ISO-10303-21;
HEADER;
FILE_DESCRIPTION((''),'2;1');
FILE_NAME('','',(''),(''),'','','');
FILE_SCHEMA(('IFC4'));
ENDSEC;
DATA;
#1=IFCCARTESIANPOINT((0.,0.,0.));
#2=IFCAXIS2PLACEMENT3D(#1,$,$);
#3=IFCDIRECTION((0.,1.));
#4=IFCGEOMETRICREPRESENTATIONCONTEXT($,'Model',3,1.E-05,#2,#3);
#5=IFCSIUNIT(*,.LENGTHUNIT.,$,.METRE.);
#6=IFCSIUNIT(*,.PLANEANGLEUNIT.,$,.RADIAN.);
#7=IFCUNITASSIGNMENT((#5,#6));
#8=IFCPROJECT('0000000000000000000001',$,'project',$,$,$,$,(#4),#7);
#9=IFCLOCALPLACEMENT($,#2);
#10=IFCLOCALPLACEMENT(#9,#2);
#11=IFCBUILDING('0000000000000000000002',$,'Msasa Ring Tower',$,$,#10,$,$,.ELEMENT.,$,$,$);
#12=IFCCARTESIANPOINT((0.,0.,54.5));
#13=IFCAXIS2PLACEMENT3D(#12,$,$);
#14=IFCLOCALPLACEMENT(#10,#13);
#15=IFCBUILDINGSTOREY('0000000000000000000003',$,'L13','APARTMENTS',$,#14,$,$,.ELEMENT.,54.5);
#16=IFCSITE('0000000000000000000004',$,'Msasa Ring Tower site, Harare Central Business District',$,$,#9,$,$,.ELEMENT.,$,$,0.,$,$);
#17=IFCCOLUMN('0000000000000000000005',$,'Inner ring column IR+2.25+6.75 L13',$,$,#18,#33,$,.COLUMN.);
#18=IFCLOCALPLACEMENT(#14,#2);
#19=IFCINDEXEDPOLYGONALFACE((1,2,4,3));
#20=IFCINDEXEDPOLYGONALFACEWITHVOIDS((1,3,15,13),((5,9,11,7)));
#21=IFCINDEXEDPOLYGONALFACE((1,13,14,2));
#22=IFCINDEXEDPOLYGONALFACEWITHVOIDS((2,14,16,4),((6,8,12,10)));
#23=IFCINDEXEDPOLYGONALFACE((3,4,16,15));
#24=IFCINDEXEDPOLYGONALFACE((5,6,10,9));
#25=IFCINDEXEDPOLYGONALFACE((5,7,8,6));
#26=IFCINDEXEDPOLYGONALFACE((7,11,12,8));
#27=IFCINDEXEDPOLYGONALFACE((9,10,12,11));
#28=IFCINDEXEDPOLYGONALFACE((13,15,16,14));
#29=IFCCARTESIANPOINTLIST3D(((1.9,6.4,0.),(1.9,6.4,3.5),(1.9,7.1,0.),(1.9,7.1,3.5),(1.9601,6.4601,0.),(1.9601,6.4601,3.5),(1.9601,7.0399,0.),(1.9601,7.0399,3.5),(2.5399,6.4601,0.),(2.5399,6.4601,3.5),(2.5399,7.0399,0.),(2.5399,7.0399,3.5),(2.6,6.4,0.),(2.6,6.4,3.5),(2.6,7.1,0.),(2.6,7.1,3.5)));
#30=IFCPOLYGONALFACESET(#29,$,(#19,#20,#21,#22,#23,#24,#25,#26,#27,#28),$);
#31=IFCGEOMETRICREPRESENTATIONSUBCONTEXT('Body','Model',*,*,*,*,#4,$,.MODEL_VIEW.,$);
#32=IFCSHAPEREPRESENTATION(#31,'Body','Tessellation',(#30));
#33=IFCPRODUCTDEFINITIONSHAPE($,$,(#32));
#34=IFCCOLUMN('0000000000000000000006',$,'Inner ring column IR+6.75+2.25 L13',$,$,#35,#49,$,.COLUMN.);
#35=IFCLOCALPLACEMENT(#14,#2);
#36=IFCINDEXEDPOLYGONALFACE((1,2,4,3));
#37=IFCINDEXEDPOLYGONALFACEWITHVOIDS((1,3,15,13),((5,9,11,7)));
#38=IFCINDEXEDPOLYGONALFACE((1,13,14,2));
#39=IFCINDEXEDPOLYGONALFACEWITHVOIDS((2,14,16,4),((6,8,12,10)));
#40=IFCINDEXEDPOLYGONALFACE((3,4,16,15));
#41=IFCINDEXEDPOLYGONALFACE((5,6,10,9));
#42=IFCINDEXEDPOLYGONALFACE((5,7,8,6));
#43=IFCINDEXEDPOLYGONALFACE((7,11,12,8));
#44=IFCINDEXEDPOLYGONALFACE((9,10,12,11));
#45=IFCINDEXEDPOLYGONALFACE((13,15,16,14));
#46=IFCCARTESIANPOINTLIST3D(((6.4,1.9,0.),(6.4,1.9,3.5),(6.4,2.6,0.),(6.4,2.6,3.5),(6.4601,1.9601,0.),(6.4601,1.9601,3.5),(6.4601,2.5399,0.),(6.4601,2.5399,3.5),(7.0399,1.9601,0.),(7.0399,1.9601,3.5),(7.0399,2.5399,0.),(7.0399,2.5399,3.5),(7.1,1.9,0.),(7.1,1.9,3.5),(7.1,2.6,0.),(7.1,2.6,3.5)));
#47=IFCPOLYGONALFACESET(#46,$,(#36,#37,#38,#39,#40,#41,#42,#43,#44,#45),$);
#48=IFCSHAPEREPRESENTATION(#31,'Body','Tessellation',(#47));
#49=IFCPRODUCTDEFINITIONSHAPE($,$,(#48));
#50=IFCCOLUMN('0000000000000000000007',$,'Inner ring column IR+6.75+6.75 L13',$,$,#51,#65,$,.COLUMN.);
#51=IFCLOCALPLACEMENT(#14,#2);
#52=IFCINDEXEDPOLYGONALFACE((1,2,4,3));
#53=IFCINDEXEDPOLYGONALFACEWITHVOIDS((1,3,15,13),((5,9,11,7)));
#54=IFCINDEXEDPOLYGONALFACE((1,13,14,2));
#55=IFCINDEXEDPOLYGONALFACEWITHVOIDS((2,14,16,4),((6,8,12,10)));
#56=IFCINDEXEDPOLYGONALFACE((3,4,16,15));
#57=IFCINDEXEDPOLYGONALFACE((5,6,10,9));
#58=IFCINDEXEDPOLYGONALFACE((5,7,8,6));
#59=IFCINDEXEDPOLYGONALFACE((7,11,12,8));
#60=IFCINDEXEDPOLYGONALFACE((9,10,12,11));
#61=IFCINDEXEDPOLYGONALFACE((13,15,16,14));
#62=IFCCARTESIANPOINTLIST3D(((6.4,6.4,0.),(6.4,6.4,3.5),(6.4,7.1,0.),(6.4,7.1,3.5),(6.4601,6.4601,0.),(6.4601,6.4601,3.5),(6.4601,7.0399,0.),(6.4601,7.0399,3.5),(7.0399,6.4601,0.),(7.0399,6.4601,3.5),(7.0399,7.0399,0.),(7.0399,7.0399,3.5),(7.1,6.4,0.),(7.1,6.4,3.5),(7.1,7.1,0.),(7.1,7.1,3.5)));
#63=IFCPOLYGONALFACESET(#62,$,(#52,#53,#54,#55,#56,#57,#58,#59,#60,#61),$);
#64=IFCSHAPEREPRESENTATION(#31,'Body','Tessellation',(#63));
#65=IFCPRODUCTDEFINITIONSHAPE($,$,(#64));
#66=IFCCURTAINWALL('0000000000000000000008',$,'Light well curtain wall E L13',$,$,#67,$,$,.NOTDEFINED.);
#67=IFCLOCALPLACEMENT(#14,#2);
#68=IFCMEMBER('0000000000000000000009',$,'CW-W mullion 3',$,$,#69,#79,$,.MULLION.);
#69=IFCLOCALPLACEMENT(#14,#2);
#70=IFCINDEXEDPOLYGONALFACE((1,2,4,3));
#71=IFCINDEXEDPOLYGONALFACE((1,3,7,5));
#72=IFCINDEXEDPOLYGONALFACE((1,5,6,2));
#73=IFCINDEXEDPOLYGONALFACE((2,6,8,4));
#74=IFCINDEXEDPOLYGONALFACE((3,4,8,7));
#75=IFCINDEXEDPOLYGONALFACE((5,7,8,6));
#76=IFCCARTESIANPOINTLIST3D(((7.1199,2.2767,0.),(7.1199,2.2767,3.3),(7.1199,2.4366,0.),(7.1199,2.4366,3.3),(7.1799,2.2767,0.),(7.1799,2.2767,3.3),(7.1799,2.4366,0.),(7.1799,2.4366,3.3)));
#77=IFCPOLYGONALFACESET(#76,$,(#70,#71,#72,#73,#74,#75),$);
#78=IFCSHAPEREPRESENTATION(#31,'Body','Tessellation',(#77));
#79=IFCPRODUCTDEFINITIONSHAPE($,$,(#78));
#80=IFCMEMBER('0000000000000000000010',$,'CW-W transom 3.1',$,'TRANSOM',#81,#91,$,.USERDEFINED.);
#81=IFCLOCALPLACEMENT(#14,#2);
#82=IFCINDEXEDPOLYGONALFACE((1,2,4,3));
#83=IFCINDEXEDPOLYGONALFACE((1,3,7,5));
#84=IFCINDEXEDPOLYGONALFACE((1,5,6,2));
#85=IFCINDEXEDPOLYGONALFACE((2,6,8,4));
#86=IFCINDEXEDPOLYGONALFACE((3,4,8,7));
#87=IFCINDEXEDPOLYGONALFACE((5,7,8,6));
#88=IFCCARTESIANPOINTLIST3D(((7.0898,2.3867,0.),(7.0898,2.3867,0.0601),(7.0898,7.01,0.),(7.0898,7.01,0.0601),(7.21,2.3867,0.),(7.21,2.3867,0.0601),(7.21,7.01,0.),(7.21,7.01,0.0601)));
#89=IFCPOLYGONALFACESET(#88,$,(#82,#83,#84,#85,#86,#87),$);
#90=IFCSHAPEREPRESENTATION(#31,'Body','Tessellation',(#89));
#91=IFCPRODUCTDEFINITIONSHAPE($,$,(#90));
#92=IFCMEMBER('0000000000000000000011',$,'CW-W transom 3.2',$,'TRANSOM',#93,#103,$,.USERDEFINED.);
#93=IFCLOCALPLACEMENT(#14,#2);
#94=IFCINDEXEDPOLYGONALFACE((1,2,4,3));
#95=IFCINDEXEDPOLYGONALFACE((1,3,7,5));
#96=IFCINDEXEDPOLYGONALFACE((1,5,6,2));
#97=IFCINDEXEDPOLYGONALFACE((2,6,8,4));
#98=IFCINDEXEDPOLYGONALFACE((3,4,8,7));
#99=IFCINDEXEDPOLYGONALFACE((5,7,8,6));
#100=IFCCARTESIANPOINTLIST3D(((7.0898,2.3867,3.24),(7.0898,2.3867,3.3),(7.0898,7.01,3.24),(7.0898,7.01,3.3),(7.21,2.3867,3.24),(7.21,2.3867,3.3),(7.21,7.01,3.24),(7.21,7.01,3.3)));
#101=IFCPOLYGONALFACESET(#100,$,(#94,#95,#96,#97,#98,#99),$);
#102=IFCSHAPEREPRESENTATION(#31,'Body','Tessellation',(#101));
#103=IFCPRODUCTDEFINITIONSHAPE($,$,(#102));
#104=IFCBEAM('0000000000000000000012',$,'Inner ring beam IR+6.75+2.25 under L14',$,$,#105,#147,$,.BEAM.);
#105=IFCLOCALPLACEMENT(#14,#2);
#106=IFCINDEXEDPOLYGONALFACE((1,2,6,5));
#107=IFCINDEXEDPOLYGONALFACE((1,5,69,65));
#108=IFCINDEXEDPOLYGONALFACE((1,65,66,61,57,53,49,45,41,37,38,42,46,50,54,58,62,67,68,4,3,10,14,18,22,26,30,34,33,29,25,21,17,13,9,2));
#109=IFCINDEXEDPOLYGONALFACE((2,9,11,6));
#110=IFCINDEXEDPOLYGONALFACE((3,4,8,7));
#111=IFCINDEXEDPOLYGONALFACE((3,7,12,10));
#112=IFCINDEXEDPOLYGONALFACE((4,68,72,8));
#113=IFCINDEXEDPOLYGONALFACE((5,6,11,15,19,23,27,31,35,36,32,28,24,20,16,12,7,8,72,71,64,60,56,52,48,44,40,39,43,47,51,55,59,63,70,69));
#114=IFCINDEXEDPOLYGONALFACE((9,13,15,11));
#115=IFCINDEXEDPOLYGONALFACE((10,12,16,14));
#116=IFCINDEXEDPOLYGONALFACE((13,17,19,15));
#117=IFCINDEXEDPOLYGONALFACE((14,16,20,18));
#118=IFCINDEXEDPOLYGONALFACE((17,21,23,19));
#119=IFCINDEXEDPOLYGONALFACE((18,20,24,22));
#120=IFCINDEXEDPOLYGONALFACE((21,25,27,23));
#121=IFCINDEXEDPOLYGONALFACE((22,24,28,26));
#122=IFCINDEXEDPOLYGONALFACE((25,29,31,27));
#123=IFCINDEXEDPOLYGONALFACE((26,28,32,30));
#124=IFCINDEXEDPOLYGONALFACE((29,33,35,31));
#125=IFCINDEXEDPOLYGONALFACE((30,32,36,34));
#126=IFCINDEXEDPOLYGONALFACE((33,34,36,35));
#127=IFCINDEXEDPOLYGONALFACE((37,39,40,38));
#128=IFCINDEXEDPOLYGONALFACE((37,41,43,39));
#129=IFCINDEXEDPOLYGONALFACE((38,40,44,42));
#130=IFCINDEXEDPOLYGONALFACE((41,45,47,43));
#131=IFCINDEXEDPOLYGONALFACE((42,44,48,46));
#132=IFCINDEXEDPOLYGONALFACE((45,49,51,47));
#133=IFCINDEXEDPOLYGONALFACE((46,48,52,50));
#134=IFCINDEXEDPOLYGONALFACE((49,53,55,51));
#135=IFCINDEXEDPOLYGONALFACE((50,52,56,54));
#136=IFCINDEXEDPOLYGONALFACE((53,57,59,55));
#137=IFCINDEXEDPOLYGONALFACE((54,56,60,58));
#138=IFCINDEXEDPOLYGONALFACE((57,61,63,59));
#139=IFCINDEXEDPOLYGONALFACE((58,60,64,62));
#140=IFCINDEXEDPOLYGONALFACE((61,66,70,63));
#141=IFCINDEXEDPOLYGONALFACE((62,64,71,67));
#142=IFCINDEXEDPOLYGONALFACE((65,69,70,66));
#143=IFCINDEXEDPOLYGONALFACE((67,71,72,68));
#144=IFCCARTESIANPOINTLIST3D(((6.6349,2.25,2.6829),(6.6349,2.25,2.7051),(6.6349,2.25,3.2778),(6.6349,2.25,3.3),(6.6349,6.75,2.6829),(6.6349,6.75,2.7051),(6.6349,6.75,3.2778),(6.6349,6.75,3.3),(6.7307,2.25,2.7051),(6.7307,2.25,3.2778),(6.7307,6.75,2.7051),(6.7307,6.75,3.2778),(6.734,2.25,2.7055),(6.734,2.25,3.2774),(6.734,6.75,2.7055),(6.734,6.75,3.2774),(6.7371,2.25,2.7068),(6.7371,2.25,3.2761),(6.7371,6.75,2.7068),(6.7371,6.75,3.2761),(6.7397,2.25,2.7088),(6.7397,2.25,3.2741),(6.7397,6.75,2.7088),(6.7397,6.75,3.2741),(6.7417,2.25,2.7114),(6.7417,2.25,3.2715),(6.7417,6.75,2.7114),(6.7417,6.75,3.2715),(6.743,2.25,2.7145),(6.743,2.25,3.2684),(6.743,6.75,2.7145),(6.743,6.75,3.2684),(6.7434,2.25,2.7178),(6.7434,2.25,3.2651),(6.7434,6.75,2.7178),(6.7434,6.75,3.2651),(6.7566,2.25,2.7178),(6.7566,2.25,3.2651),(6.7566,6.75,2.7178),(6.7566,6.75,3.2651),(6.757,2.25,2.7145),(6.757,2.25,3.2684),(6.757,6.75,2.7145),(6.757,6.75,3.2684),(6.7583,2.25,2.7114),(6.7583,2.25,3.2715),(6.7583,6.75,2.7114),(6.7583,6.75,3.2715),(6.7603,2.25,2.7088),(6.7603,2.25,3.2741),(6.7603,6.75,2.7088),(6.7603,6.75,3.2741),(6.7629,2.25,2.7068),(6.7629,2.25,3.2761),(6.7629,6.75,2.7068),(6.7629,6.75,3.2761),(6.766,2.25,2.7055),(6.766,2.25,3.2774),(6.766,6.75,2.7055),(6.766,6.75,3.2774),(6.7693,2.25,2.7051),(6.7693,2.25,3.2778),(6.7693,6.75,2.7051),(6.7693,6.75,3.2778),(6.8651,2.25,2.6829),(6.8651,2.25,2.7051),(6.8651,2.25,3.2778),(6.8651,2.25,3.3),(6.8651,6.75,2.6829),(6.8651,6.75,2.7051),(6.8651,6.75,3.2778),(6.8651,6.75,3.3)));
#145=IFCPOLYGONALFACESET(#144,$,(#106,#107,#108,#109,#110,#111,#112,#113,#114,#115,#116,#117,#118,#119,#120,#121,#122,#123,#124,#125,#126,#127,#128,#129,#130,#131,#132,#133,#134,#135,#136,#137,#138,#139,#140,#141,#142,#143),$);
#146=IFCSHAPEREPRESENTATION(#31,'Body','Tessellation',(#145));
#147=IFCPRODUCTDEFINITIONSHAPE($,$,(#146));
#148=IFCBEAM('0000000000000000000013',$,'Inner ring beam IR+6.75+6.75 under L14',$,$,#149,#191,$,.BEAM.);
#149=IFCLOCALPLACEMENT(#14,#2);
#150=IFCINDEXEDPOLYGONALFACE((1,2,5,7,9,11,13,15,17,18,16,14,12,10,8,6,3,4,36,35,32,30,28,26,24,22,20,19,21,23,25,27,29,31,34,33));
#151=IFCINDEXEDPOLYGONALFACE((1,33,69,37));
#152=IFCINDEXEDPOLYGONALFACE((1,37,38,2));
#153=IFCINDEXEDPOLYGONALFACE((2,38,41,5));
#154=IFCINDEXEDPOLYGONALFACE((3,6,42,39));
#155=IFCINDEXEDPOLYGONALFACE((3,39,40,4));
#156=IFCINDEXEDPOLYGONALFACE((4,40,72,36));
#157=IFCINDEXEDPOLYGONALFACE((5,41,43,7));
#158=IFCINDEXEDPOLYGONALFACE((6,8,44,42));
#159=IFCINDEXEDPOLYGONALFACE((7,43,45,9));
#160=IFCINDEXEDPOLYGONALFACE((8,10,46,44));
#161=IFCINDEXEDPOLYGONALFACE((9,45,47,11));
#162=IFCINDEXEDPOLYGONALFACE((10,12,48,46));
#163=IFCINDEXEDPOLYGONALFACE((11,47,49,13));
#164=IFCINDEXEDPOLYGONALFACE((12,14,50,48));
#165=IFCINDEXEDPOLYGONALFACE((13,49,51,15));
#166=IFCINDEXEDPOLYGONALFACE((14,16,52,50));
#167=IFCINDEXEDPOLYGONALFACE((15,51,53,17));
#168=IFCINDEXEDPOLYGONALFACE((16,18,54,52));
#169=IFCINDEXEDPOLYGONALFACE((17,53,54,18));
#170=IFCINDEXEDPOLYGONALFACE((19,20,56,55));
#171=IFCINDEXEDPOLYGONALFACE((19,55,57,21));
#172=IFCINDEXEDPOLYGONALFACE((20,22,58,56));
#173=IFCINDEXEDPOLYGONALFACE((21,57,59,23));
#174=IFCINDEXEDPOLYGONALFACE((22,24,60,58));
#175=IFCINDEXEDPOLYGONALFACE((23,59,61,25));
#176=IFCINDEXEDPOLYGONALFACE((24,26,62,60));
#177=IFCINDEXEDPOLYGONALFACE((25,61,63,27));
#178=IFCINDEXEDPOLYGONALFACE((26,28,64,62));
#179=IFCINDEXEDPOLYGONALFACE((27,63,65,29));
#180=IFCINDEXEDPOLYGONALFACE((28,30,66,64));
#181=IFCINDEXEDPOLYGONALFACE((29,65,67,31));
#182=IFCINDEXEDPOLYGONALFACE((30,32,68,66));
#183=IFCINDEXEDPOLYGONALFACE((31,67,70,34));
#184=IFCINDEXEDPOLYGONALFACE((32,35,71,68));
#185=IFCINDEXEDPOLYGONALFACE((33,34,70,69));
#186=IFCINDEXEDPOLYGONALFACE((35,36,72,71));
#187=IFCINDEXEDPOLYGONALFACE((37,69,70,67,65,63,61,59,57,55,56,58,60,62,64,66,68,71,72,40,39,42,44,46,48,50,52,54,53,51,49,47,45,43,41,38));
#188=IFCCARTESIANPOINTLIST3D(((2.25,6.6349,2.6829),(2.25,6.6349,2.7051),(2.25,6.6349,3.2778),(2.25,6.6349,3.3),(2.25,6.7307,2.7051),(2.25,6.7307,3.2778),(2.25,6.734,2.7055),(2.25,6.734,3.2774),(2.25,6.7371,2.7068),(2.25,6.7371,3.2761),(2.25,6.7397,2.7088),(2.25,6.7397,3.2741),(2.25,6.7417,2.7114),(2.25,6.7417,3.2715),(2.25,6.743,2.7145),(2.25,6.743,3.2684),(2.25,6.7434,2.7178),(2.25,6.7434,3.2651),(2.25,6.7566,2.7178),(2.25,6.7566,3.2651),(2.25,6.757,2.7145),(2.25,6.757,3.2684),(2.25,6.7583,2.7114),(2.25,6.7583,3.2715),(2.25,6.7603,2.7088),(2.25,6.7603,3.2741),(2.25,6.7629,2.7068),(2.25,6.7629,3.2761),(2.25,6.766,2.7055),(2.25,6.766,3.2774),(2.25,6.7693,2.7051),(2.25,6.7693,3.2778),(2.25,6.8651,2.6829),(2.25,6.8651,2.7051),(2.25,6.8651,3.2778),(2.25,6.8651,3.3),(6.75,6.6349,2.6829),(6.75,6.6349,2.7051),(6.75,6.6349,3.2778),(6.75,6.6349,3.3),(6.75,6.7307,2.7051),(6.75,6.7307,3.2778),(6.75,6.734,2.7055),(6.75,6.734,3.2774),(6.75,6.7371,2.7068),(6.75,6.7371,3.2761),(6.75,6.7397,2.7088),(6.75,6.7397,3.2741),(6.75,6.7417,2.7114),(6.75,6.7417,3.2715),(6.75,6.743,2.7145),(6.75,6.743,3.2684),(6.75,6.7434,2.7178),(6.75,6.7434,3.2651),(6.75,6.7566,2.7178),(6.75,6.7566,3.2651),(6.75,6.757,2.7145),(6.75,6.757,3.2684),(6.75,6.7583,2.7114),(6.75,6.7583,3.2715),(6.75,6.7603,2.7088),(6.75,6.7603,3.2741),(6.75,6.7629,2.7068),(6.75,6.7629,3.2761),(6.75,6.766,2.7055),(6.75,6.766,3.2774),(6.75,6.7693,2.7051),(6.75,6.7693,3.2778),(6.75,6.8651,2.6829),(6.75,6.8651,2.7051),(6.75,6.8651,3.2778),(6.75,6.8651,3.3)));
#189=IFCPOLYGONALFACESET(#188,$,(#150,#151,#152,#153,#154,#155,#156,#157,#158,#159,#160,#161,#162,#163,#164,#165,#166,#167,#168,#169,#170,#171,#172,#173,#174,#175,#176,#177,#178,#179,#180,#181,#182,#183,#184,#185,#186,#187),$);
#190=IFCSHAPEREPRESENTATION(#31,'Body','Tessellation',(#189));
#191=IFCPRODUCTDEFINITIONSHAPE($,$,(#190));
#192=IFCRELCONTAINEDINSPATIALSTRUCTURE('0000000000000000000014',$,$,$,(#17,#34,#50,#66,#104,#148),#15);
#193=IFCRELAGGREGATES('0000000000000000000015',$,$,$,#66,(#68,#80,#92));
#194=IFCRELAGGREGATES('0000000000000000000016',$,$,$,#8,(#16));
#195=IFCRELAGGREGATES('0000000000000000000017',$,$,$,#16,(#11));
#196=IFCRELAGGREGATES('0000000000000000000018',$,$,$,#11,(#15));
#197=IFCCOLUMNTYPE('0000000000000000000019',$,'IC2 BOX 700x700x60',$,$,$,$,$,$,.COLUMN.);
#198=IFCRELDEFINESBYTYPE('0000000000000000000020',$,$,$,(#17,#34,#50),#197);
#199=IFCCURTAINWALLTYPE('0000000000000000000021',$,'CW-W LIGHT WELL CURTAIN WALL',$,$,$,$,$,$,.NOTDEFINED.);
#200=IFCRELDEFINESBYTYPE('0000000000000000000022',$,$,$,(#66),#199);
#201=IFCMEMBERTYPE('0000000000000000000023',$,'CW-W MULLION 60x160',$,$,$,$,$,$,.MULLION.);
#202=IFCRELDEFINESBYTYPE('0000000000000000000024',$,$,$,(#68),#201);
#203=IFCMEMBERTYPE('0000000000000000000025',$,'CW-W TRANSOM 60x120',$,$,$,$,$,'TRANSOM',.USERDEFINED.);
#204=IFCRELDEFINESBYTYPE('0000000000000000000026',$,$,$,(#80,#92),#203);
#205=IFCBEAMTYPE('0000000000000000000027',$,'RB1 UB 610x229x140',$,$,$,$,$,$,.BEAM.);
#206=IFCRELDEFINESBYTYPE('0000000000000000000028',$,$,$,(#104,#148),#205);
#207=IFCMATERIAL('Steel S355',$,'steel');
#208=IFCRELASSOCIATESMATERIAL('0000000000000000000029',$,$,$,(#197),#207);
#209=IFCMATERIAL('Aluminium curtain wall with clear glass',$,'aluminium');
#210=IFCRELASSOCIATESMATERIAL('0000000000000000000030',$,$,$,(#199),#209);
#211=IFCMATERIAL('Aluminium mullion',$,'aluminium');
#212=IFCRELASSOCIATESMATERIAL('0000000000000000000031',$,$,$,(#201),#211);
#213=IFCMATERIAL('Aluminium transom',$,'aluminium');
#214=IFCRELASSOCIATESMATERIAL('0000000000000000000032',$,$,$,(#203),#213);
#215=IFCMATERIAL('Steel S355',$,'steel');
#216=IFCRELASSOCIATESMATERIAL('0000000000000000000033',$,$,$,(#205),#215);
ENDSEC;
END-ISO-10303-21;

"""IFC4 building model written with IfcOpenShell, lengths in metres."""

from ifc_helpers import new_model, si_unit, direction, frame, origin, origin_2d, place, context, subcontext, project, spatial, rectangle, hollow_rectangle, i_section, extrude, material, material_profile, profile_set, type_object, element, aggregate, save


model = new_model("IFC4")

# Units and contexts
model_context = context("Model", 3, precision=1e-05, world=origin(), true_north=direction((0.0, 1.0)))
body_context = subcontext(model_context, "Body", "Model", "MODEL_VIEW")
ifc_project = project(units=[si_unit("LENGTHUNIT", "METRE"), si_unit("PLANEANGLEUNIT", "RADIAN")], contexts=[model_context])

# Site, building, storey
site_placement = place(None, origin())
site = spatial("IfcSite", under=ifc_project, at=site_placement, Name="Msasa Ring Tower site, Harare Central Business District", CompositionType="ELEMENT", RefElevation=0.0)
building_placement = place(site_placement, origin())
building = spatial("IfcBuilding", under=site, at=building_placement, Name="Msasa Ring Tower", CompositionType="ELEMENT")
storey_placement = place(building_placement, frame((0.0, 0.0, 54.5)))
storey = spatial("IfcBuildingStorey", under=building, at=storey_placement, Name="L13", Description="APARTMENTS", CompositionType="ELEMENT", Elevation=54.5)

# Columns
ifc_material_1 = material(Name="Steel S355", Category="steel")
ifc_material_profile_1 = material_profile(ifc_material_1, hollow_rectangle(XDim=0.7, YDim=0.7, WallThickness=0.0601, at=origin_2d()), Name="BOX 700x700x60")
ifc_profile_set_1 = profile_set([ifc_material_profile_1], Name="Steel S355")
column_type = type_object("IfcColumnType", Name="IC2 BOX 700x700x60", PredefinedType="COLUMN", material=ifc_profile_set_1)
for number, where, z_axis, x_axis, name in (
    (1, (2.25, 6.75, 0.0), (0.0, 0.0, 1.0), (1.0, 0.0, 0.0), "Inner ring column IR+2.25+6.75 L13"),
    (2, (6.75, 2.25, 0.0), (0.0, 0.0, 1.0), (1.0, 0.0, 0.0), "Inner ring column IR+6.75+2.25 L13"),
    (3, (6.75, 6.75, 0.0), (0.0, 0.0, 1.0), (1.0, 0.0, 0.0), "Inner ring column IR+6.75+6.75 L13"),
):
    element("IfcColumn", number, at=place(storey_placement, frame(where, z_axis=z_axis, x_axis=x_axis)), inside=storey, type_object=column_type, Name=name, PredefinedType="COLUMN", context=body_context, shape_type="SweptSolid", body=[
        extrude(hollow_rectangle(XDim=0.7, YDim=0.7, WallThickness=0.0601, at=origin_2d()), origin(), (0.0, 0.0, 1.0), 3.5),
    ])

# Curtain wall, members
ifc_material_2 = material(Name="Aluminium curtain wall with clear glass", Category="aluminium")
curtain_wall_type = type_object("IfcCurtainWallType", Name="CW-W LIGHT WELL CURTAIN WALL", PredefinedType="NOTDEFINED", material=ifc_material_2)
curtain_wall_placement = place(storey_placement, origin())
curtain_wall = element("IfcCurtainWall", 4, at=curtain_wall_placement, inside=storey, type_object=curtain_wall_type, Name="Light well curtain wall E L13", PredefinedType="NOTDEFINED")
ifc_material_3 = material(Name="Aluminium mullion", Category="aluminium")
ifc_material_profile_2 = material_profile(ifc_material_3, rectangle(XDim=0.0601, YDim=0.1599, at=origin_2d()), Name="AL 60x160")
ifc_profile_set_2 = profile_set([ifc_material_profile_2], Name="Aluminium mullion")
member_type_1 = type_object("IfcMemberType", Name="CW-W MULLION 60x160", PredefinedType="MULLION", material=ifc_profile_set_2)
member_1_placement = place(storey_placement, frame((7.1499, 2.3567, 0.0), z_axis=(0.0, 0.0, 1.0), x_axis=(-1.0, 0.0, 0.0)))
member_1 = element("IfcMember", 5, at=member_1_placement, type_object=member_type_1, Name="CW-W mullion 3", PredefinedType="MULLION", context=body_context, shape_type="SweptSolid", body=[
    extrude(rectangle(XDim=0.0601, YDim=0.1599, at=origin_2d()), origin(), (0.0, 0.0, 1.0), 3.3),
])
ifc_material_4 = material(Name="Aluminium transom", Category="aluminium")
ifc_material_profile_3 = material_profile(ifc_material_4, rectangle(XDim=0.1201, YDim=0.0601, at=origin_2d()), Name="AL 60x120")
ifc_profile_set_3 = profile_set([ifc_material_profile_3], Name="Aluminium transom")
member_type_2 = type_object("IfcMemberType", Name="CW-W TRANSOM 60x120", ElementType="TRANSOM", PredefinedType="USERDEFINED", material=ifc_profile_set_3)
member_2_placement = place(storey_placement, frame((7.1499, 2.3867, 0.03), z_axis=(0.0, 1.0, 0.0), x_axis=(-1.0, 0.0, 0.0)))
member_2 = element("IfcMember", 6, at=member_2_placement, type_object=member_type_2, Name="CW-W transom 3.1", ObjectType="TRANSOM", PredefinedType="USERDEFINED", context=body_context, shape_type="SweptSolid", body=[
    extrude(rectangle(XDim=0.1201, YDim=0.0601, at=origin_2d()), origin(), (0.0, 0.0, 1.0), 4.6233),
])
member_3_placement = place(storey_placement, frame((7.1499, 2.3867, 3.27), z_axis=(0.0, 1.0, 0.0), x_axis=(-1.0, 0.0, 0.0)))
member_3 = element("IfcMember", 7, at=member_3_placement, type_object=member_type_2, Name="CW-W transom 3.2", ObjectType="TRANSOM", PredefinedType="USERDEFINED", context=body_context, shape_type="SweptSolid", body=[
    extrude(rectangle(XDim=0.1201, YDim=0.0601, at=origin_2d()), origin(), (0.0, 0.0, 1.0), 4.6233),
])

# Beams
ifc_material_5 = material(Name="Steel S355", Category="steel")
ifc_material_profile_4 = material_profile(ifc_material_5, i_section(OverallWidth=0.2302, OverallDepth=0.6172, WebThickness=0.0132, FlangeThickness=0.0222, FilletRadius=0.0127, at=origin_2d()), Name="UB 610x229x140")
ifc_profile_set_4 = profile_set([ifc_material_profile_4], Name="Steel S355")
beam_type = type_object("IfcBeamType", Name="RB1 UB 610x229x140", PredefinedType="BEAM", material=ifc_profile_set_4)
for number, where, z_axis, x_axis, name in (
    (8, (6.75, 2.25, 2.9915), (0.0, 1.0, 0.0), (-1.0, 0.0, 0.0), "Inner ring beam IR+6.75+2.25 under L14"),
    (9, (6.75, 6.75, 2.9915), (-1.0, 0.0, 0.0), (0.0, -1.0, 0.0), "Inner ring beam IR+6.75+6.75 under L14"),
):
    element("IfcBeam", number, at=place(storey_placement, frame(where, z_axis=z_axis, x_axis=x_axis)), inside=storey, type_object=beam_type, Name=name, PredefinedType="BEAM", context=body_context, shape_type="SweptSolid", body=[
        extrude(i_section(OverallWidth=0.2302, OverallDepth=0.6172, WebThickness=0.0132, FlangeThickness=0.0222, FilletRadius=0.0127, at=origin_2d()), origin(), (0.0, 0.0, 1.0), 4.5),
    ])

aggregate(curtain_wall, [member_1, member_2, member_3])

save(model, "model.ifc")
